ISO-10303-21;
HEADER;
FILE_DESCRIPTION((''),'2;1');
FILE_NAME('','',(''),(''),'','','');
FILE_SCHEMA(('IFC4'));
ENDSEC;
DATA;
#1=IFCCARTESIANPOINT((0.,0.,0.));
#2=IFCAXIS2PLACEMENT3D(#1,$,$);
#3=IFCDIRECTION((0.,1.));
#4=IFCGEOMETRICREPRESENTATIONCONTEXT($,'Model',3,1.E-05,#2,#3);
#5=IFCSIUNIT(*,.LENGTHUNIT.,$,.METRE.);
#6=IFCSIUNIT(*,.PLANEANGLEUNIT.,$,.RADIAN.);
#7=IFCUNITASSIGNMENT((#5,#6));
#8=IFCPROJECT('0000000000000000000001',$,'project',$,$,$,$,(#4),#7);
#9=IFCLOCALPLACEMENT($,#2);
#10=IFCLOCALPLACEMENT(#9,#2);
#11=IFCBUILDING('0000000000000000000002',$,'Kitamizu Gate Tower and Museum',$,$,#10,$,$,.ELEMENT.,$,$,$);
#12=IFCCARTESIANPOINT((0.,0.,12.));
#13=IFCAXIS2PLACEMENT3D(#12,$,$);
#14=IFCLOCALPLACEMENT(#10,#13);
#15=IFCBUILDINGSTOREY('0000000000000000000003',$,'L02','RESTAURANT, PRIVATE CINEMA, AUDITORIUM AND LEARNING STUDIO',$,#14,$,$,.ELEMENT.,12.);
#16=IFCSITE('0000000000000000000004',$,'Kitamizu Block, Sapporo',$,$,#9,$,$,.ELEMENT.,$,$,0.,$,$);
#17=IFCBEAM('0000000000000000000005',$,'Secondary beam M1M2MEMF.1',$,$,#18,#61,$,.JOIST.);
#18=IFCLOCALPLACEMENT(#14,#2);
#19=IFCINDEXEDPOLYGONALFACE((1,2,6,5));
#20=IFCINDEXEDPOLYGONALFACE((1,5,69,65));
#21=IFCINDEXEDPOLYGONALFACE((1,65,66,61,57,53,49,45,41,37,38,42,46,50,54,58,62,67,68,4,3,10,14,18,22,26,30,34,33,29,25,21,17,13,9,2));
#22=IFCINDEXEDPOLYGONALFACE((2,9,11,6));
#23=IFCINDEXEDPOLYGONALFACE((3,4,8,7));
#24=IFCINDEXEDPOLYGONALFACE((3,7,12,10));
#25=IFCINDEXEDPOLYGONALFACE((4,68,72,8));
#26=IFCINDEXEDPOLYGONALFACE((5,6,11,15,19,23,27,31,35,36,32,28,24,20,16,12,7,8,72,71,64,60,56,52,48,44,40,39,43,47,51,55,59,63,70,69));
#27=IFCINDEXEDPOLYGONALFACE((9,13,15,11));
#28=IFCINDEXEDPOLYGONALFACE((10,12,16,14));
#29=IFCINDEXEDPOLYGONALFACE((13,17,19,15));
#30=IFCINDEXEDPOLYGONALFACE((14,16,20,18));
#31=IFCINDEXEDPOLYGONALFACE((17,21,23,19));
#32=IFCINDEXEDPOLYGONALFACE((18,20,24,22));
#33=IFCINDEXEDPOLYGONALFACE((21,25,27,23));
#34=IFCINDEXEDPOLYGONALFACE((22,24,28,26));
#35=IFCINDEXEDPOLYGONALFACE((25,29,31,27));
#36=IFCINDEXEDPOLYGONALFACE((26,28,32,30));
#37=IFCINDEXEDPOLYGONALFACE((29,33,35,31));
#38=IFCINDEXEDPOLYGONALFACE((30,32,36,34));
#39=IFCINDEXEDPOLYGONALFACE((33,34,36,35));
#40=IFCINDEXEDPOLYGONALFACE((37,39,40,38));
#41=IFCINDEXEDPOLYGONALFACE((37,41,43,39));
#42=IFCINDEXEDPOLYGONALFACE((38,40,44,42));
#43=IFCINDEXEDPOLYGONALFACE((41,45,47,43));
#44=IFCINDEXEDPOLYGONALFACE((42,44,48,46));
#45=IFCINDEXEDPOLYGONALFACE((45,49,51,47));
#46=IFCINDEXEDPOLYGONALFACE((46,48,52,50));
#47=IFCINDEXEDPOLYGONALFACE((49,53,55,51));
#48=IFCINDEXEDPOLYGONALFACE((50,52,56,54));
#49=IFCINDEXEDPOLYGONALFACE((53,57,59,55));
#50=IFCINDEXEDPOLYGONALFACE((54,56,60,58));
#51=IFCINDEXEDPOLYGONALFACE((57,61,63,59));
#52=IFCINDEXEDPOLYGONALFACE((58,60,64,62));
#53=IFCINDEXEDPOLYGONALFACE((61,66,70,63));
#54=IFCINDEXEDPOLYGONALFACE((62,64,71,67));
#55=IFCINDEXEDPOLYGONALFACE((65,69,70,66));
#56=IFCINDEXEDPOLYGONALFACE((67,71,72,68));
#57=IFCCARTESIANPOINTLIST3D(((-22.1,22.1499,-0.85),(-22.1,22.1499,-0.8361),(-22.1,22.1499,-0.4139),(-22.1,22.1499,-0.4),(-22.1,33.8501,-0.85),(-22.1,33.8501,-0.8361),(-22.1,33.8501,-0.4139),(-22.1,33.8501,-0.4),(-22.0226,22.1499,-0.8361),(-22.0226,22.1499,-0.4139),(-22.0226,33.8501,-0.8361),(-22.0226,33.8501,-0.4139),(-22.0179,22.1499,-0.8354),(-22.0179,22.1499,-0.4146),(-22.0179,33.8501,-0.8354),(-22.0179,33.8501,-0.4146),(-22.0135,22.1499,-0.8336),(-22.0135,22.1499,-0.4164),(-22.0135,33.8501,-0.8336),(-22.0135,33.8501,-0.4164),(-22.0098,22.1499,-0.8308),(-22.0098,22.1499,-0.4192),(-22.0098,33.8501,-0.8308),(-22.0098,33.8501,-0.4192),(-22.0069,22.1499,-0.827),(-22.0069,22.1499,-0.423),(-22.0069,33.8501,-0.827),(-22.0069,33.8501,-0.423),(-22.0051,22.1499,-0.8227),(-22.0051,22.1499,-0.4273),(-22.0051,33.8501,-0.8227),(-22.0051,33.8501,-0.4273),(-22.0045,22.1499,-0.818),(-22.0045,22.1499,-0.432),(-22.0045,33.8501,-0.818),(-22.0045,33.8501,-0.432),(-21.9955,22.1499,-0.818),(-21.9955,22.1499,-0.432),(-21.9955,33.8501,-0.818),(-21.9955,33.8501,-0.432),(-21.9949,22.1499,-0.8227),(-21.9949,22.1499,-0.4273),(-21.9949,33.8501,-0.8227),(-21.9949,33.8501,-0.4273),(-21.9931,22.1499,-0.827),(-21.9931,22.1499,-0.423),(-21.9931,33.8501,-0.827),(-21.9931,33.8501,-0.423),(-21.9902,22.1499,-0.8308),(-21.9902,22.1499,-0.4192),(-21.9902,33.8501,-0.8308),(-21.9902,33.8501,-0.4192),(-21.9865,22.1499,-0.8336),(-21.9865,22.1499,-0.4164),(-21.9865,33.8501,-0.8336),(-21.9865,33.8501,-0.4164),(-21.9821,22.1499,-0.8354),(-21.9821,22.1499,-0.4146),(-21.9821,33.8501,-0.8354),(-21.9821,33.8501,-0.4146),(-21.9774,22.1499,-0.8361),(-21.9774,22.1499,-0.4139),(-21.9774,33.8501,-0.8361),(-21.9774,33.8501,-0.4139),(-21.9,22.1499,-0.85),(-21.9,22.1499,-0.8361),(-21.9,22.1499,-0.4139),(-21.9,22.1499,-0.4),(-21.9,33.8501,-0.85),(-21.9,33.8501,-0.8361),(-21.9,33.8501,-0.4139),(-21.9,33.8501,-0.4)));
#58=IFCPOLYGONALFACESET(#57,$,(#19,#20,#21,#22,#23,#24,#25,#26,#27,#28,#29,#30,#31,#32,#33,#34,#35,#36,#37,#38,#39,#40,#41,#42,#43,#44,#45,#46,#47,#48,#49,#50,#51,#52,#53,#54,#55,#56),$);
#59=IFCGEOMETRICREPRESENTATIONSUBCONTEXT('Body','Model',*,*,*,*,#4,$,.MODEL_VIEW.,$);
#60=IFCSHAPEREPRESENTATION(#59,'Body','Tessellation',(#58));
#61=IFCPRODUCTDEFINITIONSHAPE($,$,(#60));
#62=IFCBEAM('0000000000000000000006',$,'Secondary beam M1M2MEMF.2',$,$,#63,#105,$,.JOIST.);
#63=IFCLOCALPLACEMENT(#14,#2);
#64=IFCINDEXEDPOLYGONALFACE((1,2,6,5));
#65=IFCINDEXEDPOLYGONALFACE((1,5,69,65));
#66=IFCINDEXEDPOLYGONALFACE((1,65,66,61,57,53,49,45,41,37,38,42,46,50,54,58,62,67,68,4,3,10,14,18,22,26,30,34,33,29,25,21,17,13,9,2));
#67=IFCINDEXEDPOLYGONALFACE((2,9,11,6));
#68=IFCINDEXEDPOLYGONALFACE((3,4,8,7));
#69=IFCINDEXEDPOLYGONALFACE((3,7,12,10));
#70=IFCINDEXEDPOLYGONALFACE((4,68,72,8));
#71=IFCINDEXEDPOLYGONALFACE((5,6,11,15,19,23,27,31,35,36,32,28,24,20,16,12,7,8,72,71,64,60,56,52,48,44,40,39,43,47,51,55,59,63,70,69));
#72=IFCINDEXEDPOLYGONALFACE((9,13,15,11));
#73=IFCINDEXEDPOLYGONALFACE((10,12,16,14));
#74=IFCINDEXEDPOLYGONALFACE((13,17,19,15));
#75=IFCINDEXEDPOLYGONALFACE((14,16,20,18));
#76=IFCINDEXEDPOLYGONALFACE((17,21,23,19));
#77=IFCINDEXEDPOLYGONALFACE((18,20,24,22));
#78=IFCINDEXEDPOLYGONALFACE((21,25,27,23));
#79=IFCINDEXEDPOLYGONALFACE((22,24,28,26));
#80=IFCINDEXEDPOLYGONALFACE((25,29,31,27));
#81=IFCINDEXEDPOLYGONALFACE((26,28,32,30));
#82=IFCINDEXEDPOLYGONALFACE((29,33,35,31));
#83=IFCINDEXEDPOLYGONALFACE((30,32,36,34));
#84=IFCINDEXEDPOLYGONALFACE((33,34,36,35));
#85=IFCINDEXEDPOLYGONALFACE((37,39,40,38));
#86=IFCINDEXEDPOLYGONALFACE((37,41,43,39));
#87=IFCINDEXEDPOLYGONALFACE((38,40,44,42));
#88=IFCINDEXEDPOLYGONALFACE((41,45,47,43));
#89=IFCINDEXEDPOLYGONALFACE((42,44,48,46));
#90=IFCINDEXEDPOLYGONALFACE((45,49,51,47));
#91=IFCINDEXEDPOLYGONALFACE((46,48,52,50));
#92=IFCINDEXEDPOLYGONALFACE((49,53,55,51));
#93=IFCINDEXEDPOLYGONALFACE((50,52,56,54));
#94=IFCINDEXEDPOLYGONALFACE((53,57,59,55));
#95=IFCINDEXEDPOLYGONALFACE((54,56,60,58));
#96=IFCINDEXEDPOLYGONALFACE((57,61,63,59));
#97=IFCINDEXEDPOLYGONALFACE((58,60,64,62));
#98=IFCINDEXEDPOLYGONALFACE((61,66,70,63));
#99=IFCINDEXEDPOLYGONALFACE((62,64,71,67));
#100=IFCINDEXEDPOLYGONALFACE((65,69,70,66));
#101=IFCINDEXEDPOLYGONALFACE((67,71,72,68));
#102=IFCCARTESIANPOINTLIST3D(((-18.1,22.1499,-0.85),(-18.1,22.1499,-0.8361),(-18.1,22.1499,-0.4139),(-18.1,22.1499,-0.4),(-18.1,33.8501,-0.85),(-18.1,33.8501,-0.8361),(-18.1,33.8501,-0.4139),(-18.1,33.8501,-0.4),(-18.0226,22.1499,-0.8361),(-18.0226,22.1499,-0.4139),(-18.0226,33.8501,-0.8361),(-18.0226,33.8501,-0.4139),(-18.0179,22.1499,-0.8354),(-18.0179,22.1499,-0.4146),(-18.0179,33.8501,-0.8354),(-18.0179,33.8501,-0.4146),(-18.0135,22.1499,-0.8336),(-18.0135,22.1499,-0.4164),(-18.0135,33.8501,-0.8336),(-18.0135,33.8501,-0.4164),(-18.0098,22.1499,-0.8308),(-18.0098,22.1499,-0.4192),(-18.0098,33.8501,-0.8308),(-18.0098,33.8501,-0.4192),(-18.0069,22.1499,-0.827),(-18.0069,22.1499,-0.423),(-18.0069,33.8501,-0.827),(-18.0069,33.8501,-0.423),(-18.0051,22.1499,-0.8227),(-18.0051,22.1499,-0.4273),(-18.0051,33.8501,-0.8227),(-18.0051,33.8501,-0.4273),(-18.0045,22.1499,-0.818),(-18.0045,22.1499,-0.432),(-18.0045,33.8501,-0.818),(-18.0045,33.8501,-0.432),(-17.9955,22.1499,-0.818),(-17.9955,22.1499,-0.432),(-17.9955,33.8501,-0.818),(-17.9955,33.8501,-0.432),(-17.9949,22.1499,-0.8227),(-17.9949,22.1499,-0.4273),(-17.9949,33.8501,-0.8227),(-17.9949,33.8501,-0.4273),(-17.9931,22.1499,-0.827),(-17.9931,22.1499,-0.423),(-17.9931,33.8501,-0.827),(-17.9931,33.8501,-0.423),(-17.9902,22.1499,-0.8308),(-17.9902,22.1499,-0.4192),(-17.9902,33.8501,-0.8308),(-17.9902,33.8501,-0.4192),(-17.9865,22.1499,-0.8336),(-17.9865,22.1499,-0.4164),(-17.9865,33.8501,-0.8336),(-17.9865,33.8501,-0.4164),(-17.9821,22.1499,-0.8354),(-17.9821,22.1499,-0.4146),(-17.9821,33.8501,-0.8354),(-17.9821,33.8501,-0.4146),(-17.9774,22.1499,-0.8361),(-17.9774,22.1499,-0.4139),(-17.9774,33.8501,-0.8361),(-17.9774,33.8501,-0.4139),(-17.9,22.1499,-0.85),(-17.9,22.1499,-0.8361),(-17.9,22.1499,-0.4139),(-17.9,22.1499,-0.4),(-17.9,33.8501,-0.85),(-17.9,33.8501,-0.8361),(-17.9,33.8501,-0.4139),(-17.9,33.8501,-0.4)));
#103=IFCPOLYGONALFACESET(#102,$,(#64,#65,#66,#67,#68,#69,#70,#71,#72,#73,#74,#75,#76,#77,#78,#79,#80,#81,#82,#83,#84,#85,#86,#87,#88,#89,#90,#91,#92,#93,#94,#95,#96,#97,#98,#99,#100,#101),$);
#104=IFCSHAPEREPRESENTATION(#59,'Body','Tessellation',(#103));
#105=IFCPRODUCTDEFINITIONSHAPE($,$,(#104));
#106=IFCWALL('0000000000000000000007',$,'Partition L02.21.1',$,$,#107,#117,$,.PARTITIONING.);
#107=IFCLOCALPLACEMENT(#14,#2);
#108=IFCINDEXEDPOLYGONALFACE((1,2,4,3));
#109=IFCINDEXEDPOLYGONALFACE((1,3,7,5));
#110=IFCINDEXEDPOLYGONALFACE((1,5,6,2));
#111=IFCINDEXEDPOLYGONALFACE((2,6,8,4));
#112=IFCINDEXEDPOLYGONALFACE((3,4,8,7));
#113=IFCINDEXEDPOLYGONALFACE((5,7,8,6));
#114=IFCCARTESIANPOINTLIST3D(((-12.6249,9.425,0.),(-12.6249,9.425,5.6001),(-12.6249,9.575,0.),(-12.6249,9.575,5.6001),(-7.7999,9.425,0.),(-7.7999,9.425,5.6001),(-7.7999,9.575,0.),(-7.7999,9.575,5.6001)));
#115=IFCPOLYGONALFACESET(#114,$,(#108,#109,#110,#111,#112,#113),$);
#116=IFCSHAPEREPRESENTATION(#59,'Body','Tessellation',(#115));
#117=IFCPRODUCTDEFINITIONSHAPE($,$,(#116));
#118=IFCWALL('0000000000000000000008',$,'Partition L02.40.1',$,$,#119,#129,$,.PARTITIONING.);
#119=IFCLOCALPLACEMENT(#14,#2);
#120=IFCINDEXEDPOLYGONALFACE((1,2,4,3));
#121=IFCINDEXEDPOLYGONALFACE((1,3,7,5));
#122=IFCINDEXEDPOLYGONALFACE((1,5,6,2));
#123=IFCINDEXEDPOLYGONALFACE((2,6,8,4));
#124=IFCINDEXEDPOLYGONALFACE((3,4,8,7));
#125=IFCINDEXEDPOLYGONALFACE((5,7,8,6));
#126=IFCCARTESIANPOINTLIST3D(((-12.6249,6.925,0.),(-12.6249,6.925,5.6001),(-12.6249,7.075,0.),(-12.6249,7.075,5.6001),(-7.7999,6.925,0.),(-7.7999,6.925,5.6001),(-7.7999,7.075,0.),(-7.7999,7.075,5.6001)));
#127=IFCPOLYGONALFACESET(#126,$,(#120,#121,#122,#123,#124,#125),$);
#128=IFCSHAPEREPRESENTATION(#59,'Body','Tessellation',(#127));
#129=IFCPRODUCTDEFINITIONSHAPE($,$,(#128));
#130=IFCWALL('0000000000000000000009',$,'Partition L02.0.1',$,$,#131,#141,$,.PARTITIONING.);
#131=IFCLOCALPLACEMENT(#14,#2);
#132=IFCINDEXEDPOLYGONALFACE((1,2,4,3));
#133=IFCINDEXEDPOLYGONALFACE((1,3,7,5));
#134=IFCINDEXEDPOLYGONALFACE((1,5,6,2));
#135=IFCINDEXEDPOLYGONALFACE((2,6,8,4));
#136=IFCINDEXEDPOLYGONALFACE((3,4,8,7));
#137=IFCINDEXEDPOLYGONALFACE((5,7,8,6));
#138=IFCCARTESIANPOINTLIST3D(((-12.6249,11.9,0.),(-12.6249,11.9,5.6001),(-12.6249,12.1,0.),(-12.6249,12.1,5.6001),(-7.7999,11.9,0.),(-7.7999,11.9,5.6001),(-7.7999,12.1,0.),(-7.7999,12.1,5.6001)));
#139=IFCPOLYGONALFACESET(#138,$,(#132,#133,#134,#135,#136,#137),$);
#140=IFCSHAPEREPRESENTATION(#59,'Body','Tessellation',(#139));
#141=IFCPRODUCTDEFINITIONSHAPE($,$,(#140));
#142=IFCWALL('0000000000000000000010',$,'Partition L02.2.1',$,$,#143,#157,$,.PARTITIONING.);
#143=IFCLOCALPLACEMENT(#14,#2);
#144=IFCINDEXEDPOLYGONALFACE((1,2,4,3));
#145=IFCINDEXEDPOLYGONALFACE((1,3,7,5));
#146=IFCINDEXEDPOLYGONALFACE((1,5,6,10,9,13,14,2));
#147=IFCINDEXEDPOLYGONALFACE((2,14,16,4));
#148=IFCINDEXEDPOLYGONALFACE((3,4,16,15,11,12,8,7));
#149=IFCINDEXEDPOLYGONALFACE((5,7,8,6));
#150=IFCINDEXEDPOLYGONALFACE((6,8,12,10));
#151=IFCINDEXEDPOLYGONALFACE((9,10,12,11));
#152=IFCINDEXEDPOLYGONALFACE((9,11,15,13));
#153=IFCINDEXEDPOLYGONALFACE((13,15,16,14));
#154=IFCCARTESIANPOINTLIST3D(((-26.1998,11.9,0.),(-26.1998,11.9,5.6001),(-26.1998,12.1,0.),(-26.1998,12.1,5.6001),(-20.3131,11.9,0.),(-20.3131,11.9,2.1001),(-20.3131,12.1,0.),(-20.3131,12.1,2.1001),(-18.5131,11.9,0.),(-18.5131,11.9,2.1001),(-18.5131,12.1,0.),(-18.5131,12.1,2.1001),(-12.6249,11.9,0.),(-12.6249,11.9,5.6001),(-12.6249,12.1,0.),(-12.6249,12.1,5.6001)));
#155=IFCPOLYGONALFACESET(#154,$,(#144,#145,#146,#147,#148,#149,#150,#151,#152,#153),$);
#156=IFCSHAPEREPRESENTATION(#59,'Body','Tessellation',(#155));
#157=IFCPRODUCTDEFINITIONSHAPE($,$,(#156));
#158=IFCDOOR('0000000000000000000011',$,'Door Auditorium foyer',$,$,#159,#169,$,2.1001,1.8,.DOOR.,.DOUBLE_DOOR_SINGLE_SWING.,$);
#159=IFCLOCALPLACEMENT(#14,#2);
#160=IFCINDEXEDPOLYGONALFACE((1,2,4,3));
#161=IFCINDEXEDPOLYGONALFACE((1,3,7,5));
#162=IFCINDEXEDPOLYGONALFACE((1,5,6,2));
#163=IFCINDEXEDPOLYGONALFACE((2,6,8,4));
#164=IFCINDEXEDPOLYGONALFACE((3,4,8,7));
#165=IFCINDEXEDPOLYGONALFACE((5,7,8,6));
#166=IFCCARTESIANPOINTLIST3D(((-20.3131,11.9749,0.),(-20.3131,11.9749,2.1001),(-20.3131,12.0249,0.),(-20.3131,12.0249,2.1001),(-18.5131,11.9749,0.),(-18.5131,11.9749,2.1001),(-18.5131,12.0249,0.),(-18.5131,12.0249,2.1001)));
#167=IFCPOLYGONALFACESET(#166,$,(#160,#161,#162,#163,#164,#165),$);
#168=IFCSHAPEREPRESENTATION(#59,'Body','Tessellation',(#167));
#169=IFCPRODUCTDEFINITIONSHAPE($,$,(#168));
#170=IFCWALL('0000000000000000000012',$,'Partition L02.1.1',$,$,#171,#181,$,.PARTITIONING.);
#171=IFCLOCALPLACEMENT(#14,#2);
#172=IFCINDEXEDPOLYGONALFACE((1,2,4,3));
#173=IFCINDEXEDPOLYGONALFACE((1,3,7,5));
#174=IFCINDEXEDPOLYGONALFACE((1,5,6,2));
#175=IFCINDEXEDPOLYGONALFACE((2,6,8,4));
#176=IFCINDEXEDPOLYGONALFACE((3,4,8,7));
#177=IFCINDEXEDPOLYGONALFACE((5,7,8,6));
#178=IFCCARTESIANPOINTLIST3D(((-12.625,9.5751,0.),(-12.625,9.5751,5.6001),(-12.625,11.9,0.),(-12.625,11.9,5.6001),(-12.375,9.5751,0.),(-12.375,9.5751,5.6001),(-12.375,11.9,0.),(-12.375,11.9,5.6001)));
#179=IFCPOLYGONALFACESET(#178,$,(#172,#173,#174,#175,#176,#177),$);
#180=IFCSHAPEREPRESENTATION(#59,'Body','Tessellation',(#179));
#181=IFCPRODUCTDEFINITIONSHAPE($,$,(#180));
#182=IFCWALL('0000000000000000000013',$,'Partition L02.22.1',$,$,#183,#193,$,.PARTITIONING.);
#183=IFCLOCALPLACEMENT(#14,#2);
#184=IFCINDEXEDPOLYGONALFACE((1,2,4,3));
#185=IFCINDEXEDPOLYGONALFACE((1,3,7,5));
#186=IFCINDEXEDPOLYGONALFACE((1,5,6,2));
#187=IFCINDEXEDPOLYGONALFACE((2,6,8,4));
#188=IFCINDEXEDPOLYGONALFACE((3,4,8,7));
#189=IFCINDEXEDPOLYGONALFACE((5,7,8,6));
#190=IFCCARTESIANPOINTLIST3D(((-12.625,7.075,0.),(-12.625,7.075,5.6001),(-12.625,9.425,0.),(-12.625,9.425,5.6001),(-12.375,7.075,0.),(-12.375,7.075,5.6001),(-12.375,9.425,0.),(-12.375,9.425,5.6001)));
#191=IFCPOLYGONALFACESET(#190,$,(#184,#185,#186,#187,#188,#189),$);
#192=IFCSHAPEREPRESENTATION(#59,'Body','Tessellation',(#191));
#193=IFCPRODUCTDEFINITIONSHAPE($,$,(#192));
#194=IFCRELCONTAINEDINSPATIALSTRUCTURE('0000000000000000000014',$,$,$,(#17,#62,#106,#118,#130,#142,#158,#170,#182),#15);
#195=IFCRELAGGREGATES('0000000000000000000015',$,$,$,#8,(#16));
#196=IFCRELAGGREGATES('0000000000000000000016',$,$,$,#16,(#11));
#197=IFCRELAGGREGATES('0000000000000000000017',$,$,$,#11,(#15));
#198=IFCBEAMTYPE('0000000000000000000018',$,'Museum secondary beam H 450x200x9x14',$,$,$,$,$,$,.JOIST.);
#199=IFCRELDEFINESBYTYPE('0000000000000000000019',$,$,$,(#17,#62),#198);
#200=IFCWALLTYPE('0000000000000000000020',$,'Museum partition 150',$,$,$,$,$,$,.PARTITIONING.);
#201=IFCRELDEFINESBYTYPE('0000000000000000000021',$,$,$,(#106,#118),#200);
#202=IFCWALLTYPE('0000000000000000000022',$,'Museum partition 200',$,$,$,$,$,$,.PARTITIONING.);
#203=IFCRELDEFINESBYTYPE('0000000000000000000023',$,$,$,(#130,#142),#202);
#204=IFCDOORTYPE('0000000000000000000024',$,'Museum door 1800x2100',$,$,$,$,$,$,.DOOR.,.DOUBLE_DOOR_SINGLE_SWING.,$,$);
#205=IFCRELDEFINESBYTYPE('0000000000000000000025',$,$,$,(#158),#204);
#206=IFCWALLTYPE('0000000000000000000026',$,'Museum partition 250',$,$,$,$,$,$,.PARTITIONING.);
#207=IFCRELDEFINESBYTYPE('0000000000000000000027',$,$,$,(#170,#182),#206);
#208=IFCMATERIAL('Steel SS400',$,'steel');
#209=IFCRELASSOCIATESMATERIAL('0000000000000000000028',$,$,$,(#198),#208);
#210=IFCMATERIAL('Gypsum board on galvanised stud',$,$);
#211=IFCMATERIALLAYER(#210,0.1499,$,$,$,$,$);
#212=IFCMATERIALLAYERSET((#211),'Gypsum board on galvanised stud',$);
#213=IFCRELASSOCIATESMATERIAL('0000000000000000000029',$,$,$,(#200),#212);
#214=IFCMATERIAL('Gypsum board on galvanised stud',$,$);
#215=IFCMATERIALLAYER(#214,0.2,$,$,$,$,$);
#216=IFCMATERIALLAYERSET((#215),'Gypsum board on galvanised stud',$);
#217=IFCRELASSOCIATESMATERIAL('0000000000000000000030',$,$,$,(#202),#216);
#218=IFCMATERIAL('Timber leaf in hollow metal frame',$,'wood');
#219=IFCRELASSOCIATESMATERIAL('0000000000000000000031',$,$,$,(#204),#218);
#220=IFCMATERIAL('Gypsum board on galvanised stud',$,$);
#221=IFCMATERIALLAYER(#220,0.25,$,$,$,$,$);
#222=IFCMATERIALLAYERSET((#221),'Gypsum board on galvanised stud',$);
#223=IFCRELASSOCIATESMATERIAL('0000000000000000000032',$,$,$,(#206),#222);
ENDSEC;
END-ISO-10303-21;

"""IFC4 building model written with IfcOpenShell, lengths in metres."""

from ifc_helpers import new_model, si_unit, direction, frame, frame_2d, origin, origin_2d, place, context, subcontext, project, spatial, rectangle, i_section, extrude, material, layer, layer_set, material_profile, profile_set, type_object, element, fill, save


model = new_model("IFC4")

# Units and contexts
model_context = context("Model", 3, precision=1e-05, world=origin(), true_north=direction((0.0, 1.0)))
body_context = subcontext(model_context, "Body", "Model", "MODEL_VIEW")
ifc_project = project(units=[si_unit("LENGTHUNIT", "METRE"), si_unit("PLANEANGLEUNIT", "RADIAN")], contexts=[model_context])

# Site, building, storey
site_placement = place(None, origin())
site = spatial("IfcSite", under=ifc_project, at=site_placement, Name="Kitamizu Block, Sapporo", CompositionType="ELEMENT", RefElevation=0.0)
building_placement = place(site_placement, origin())
building = spatial("IfcBuilding", under=site, at=building_placement, Name="Kitamizu Gate Tower and Museum", CompositionType="ELEMENT")
storey_placement = place(building_placement, frame((0.0, 0.0, 12.0)))
storey = spatial("IfcBuildingStorey", under=building, at=storey_placement, Name="L02", Description="RESTAURANT, PRIVATE CINEMA, AUDITORIUM AND LEARNING STUDIO", CompositionType="ELEMENT", Elevation=12.0)

# Beams
ifc_material_1 = material(Name="Steel SS400", Category="steel")
ifc_material_profile_1 = material_profile(ifc_material_1, i_section(OverallWidth=0.2, OverallDepth=0.45, WebThickness=0.009, FlangeThickness=0.0139, FilletRadius=0.0181, at=origin_2d()), Name="H-450x200x9x14")
ifc_profile_set_1 = profile_set([ifc_material_profile_1], Name="Steel SS400")
beam_type_1 = type_object("IfcBeamType", Name="Museum secondary beam H 450x200x9x14", PredefinedType="JOIST", material=ifc_profile_set_1)
for number, where, z_axis, x_axis, name in (
    (1, (-22.0, 22.1499, -0.625), (0.0, 1.0, 0.0), (-1.0, 0.0, 0.0), "Secondary beam M1M2MEMF.1"),
    (2, (-18.0, 22.1499, -0.625), (0.0, 1.0, 0.0), (-1.0, 0.0, 0.0), "Secondary beam M1M2MEMF.2"),
):
    element("IfcBeam", number, at=place(storey_placement, frame(where, z_axis=z_axis, x_axis=x_axis)), inside=storey, type_object=beam_type_1, Name=name, PredefinedType="JOIST", context=body_context, shape_type="SweptSolid", body=[
        extrude(i_section(OverallWidth=0.2, OverallDepth=0.45, WebThickness=0.009, FlangeThickness=0.0139, FilletRadius=0.0181, at=origin_2d()), origin(), (0.0, 0.0, 1.0), 11.7002),
    ])

# Walls
ifc_material_2 = material(Name="Gypsum board on galvanised stud")
ifc_layer_1 = layer(ifc_material_2, 0.1499)
ifc_layer_set_1 = layer_set([ifc_layer_1], Name="Gypsum board on galvanised stud")
wall_type_1 = type_object("IfcWallType", Name="Museum partition 150", PredefinedType="PARTITIONING", material=ifc_layer_set_1)
for number, where, z_axis, x_axis, name in (
    (3, (-12.625, 9.5, 0.0), (0.0, 0.0, 1.0), (1.0, 0.0, 0.0), "Partition L02.21.1"),
    (4, (-12.625, 7.0, 0.0), (0.0, 0.0, 1.0), (1.0, 0.0, 0.0), "Partition L02.40.1"),
):
    element("IfcWall", number, at=place(storey_placement, frame(where, z_axis=z_axis, x_axis=x_axis)), inside=storey, type_object=wall_type_1, Name=name, PredefinedType="PARTITIONING", context=body_context, shape_type="SweptSolid", body=[
        extrude(rectangle(XDim=4.825, YDim=0.1499, at=frame_2d((2.4126, 0.0))), origin(), (0.0, 0.0, 1.0), 5.6001),
    ])
ifc_material_3 = material(Name="Gypsum board on galvanised stud")
ifc_layer_2 = layer(ifc_material_3, 0.2)
ifc_layer_set_2 = layer_set([ifc_layer_2], Name="Gypsum board on galvanised stud")
wall_type_2 = type_object("IfcWallType", Name="Museum partition 200", PredefinedType="PARTITIONING", material=ifc_layer_set_2)
wall_1_placement = place(storey_placement, frame((-12.625, 12.0, 0.0), z_axis=(0.0, 0.0, 1.0), x_axis=(1.0, 0.0, 0.0)))
element("IfcWall", 5, at=wall_1_placement, inside=storey, type_object=wall_type_2, Name="Partition L02.0.1", PredefinedType="PARTITIONING", context=body_context, shape_type="SweptSolid", body=[
    extrude(rectangle(XDim=4.825, YDim=0.2, at=frame_2d((2.4126, 0.0))), origin(), (0.0, 0.0, 1.0), 5.6001),
])

# Wall, opening, door
wall_2_placement = place(storey_placement, frame((-26.2, 12.0, 0.0), z_axis=(0.0, 0.0, 1.0), x_axis=(1.0, 0.0, 0.0)))
wall_2 = element("IfcWall", 6, at=wall_2_placement, inside=storey, type_object=wall_type_2, Name="Partition L02.2.1", PredefinedType="PARTITIONING", context=body_context, shape_type="SweptSolid", body=[
    extrude(rectangle(XDim=13.575, YDim=0.2, at=frame_2d((6.7876, 0.0))), origin(), (0.0, 0.0, 1.0), 5.6001),
])
opening_placement = place(wall_2_placement, frame((5.887, 0.0, 0.0)))
opening = element("IfcOpeningElement", 7, at=opening_placement, cuts=wall_2, PredefinedType="OPENING", context=body_context, shape_type="SweptSolid", body=[
    extrude(rectangle(XDim=1.8, YDim=2.1001, at=frame_2d((0.8999, 1.05))), frame((0.0, 0.1099, 0.0), z_axis=(0.0, -1.0, 0.0), x_axis=(1.0, 0.0, 0.0)), (0.0, 0.0, 1.0), 0.22),
])
ifc_material_4 = material(Name="Timber leaf in hollow metal frame", Category="wood")
door_type = type_object("IfcDoorType", Name="Museum door 1800x2100", OperationType="DOUBLE_DOOR_SINGLE_SWING", PredefinedType="DOOR", material=ifc_material_4)
door_placement = place(opening_placement, origin())
door = element("IfcDoor", 8, at=door_placement, inside=storey, type_object=door_type, Name="Door Auditorium foyer", OperationType="DOUBLE_DOOR_SINGLE_SWING", OverallHeight=2.1001, OverallWidth=1.8, PredefinedType="DOOR", context=body_context, shape_type="SweptSolid", body=[
    extrude(rectangle(XDim=1.8, YDim=2.1001, at=frame_2d((0.8999, 1.05))), frame((0.0, 0.0249, 0.0), z_axis=(0.0, -1.0, 0.0), x_axis=(1.0, 0.0, 0.0)), (0.0, 0.0, 1.0), 0.05),
])
fill(opening, door)

# Walls
ifc_material_5 = material(Name="Gypsum board on galvanised stud")
ifc_layer_3 = layer(ifc_material_5, 0.25)
ifc_layer_set_3 = layer_set([ifc_layer_3], Name="Gypsum board on galvanised stud")
wall_type_3 = type_object("IfcWallType", Name="Museum partition 250", PredefinedType="PARTITIONING", material=ifc_layer_set_3)
wall_3_placement = place(storey_placement, frame((-12.5, 9.575, 0.0), z_axis=(0.0, 0.0, 1.0), x_axis=(0.0, 1.0, 0.0)))
element("IfcWall", 9, at=wall_3_placement, inside=storey, type_object=wall_type_3, Name="Partition L02.1.1", PredefinedType="PARTITIONING", context=body_context, shape_type="SweptSolid", body=[
    extrude(rectangle(XDim=2.325, YDim=0.25, at=frame_2d((1.1626, 0.0))), origin(), (0.0, 0.0, 1.0), 5.6001),
])
wall_4_placement = place(storey_placement, frame((-12.5, 7.075, 0.0), z_axis=(0.0, 0.0, 1.0), x_axis=(0.0, 1.0, 0.0)))
element("IfcWall", 10, at=wall_4_placement, inside=storey, type_object=wall_type_3, Name="Partition L02.22.1", PredefinedType="PARTITIONING", context=body_context, shape_type="SweptSolid", body=[
    extrude(rectangle(XDim=2.3501, YDim=0.25, at=frame_2d((1.175, 0.0))), origin(), (0.0, 0.0, 1.0), 5.6001),
])

save(model, "model.ifc")
